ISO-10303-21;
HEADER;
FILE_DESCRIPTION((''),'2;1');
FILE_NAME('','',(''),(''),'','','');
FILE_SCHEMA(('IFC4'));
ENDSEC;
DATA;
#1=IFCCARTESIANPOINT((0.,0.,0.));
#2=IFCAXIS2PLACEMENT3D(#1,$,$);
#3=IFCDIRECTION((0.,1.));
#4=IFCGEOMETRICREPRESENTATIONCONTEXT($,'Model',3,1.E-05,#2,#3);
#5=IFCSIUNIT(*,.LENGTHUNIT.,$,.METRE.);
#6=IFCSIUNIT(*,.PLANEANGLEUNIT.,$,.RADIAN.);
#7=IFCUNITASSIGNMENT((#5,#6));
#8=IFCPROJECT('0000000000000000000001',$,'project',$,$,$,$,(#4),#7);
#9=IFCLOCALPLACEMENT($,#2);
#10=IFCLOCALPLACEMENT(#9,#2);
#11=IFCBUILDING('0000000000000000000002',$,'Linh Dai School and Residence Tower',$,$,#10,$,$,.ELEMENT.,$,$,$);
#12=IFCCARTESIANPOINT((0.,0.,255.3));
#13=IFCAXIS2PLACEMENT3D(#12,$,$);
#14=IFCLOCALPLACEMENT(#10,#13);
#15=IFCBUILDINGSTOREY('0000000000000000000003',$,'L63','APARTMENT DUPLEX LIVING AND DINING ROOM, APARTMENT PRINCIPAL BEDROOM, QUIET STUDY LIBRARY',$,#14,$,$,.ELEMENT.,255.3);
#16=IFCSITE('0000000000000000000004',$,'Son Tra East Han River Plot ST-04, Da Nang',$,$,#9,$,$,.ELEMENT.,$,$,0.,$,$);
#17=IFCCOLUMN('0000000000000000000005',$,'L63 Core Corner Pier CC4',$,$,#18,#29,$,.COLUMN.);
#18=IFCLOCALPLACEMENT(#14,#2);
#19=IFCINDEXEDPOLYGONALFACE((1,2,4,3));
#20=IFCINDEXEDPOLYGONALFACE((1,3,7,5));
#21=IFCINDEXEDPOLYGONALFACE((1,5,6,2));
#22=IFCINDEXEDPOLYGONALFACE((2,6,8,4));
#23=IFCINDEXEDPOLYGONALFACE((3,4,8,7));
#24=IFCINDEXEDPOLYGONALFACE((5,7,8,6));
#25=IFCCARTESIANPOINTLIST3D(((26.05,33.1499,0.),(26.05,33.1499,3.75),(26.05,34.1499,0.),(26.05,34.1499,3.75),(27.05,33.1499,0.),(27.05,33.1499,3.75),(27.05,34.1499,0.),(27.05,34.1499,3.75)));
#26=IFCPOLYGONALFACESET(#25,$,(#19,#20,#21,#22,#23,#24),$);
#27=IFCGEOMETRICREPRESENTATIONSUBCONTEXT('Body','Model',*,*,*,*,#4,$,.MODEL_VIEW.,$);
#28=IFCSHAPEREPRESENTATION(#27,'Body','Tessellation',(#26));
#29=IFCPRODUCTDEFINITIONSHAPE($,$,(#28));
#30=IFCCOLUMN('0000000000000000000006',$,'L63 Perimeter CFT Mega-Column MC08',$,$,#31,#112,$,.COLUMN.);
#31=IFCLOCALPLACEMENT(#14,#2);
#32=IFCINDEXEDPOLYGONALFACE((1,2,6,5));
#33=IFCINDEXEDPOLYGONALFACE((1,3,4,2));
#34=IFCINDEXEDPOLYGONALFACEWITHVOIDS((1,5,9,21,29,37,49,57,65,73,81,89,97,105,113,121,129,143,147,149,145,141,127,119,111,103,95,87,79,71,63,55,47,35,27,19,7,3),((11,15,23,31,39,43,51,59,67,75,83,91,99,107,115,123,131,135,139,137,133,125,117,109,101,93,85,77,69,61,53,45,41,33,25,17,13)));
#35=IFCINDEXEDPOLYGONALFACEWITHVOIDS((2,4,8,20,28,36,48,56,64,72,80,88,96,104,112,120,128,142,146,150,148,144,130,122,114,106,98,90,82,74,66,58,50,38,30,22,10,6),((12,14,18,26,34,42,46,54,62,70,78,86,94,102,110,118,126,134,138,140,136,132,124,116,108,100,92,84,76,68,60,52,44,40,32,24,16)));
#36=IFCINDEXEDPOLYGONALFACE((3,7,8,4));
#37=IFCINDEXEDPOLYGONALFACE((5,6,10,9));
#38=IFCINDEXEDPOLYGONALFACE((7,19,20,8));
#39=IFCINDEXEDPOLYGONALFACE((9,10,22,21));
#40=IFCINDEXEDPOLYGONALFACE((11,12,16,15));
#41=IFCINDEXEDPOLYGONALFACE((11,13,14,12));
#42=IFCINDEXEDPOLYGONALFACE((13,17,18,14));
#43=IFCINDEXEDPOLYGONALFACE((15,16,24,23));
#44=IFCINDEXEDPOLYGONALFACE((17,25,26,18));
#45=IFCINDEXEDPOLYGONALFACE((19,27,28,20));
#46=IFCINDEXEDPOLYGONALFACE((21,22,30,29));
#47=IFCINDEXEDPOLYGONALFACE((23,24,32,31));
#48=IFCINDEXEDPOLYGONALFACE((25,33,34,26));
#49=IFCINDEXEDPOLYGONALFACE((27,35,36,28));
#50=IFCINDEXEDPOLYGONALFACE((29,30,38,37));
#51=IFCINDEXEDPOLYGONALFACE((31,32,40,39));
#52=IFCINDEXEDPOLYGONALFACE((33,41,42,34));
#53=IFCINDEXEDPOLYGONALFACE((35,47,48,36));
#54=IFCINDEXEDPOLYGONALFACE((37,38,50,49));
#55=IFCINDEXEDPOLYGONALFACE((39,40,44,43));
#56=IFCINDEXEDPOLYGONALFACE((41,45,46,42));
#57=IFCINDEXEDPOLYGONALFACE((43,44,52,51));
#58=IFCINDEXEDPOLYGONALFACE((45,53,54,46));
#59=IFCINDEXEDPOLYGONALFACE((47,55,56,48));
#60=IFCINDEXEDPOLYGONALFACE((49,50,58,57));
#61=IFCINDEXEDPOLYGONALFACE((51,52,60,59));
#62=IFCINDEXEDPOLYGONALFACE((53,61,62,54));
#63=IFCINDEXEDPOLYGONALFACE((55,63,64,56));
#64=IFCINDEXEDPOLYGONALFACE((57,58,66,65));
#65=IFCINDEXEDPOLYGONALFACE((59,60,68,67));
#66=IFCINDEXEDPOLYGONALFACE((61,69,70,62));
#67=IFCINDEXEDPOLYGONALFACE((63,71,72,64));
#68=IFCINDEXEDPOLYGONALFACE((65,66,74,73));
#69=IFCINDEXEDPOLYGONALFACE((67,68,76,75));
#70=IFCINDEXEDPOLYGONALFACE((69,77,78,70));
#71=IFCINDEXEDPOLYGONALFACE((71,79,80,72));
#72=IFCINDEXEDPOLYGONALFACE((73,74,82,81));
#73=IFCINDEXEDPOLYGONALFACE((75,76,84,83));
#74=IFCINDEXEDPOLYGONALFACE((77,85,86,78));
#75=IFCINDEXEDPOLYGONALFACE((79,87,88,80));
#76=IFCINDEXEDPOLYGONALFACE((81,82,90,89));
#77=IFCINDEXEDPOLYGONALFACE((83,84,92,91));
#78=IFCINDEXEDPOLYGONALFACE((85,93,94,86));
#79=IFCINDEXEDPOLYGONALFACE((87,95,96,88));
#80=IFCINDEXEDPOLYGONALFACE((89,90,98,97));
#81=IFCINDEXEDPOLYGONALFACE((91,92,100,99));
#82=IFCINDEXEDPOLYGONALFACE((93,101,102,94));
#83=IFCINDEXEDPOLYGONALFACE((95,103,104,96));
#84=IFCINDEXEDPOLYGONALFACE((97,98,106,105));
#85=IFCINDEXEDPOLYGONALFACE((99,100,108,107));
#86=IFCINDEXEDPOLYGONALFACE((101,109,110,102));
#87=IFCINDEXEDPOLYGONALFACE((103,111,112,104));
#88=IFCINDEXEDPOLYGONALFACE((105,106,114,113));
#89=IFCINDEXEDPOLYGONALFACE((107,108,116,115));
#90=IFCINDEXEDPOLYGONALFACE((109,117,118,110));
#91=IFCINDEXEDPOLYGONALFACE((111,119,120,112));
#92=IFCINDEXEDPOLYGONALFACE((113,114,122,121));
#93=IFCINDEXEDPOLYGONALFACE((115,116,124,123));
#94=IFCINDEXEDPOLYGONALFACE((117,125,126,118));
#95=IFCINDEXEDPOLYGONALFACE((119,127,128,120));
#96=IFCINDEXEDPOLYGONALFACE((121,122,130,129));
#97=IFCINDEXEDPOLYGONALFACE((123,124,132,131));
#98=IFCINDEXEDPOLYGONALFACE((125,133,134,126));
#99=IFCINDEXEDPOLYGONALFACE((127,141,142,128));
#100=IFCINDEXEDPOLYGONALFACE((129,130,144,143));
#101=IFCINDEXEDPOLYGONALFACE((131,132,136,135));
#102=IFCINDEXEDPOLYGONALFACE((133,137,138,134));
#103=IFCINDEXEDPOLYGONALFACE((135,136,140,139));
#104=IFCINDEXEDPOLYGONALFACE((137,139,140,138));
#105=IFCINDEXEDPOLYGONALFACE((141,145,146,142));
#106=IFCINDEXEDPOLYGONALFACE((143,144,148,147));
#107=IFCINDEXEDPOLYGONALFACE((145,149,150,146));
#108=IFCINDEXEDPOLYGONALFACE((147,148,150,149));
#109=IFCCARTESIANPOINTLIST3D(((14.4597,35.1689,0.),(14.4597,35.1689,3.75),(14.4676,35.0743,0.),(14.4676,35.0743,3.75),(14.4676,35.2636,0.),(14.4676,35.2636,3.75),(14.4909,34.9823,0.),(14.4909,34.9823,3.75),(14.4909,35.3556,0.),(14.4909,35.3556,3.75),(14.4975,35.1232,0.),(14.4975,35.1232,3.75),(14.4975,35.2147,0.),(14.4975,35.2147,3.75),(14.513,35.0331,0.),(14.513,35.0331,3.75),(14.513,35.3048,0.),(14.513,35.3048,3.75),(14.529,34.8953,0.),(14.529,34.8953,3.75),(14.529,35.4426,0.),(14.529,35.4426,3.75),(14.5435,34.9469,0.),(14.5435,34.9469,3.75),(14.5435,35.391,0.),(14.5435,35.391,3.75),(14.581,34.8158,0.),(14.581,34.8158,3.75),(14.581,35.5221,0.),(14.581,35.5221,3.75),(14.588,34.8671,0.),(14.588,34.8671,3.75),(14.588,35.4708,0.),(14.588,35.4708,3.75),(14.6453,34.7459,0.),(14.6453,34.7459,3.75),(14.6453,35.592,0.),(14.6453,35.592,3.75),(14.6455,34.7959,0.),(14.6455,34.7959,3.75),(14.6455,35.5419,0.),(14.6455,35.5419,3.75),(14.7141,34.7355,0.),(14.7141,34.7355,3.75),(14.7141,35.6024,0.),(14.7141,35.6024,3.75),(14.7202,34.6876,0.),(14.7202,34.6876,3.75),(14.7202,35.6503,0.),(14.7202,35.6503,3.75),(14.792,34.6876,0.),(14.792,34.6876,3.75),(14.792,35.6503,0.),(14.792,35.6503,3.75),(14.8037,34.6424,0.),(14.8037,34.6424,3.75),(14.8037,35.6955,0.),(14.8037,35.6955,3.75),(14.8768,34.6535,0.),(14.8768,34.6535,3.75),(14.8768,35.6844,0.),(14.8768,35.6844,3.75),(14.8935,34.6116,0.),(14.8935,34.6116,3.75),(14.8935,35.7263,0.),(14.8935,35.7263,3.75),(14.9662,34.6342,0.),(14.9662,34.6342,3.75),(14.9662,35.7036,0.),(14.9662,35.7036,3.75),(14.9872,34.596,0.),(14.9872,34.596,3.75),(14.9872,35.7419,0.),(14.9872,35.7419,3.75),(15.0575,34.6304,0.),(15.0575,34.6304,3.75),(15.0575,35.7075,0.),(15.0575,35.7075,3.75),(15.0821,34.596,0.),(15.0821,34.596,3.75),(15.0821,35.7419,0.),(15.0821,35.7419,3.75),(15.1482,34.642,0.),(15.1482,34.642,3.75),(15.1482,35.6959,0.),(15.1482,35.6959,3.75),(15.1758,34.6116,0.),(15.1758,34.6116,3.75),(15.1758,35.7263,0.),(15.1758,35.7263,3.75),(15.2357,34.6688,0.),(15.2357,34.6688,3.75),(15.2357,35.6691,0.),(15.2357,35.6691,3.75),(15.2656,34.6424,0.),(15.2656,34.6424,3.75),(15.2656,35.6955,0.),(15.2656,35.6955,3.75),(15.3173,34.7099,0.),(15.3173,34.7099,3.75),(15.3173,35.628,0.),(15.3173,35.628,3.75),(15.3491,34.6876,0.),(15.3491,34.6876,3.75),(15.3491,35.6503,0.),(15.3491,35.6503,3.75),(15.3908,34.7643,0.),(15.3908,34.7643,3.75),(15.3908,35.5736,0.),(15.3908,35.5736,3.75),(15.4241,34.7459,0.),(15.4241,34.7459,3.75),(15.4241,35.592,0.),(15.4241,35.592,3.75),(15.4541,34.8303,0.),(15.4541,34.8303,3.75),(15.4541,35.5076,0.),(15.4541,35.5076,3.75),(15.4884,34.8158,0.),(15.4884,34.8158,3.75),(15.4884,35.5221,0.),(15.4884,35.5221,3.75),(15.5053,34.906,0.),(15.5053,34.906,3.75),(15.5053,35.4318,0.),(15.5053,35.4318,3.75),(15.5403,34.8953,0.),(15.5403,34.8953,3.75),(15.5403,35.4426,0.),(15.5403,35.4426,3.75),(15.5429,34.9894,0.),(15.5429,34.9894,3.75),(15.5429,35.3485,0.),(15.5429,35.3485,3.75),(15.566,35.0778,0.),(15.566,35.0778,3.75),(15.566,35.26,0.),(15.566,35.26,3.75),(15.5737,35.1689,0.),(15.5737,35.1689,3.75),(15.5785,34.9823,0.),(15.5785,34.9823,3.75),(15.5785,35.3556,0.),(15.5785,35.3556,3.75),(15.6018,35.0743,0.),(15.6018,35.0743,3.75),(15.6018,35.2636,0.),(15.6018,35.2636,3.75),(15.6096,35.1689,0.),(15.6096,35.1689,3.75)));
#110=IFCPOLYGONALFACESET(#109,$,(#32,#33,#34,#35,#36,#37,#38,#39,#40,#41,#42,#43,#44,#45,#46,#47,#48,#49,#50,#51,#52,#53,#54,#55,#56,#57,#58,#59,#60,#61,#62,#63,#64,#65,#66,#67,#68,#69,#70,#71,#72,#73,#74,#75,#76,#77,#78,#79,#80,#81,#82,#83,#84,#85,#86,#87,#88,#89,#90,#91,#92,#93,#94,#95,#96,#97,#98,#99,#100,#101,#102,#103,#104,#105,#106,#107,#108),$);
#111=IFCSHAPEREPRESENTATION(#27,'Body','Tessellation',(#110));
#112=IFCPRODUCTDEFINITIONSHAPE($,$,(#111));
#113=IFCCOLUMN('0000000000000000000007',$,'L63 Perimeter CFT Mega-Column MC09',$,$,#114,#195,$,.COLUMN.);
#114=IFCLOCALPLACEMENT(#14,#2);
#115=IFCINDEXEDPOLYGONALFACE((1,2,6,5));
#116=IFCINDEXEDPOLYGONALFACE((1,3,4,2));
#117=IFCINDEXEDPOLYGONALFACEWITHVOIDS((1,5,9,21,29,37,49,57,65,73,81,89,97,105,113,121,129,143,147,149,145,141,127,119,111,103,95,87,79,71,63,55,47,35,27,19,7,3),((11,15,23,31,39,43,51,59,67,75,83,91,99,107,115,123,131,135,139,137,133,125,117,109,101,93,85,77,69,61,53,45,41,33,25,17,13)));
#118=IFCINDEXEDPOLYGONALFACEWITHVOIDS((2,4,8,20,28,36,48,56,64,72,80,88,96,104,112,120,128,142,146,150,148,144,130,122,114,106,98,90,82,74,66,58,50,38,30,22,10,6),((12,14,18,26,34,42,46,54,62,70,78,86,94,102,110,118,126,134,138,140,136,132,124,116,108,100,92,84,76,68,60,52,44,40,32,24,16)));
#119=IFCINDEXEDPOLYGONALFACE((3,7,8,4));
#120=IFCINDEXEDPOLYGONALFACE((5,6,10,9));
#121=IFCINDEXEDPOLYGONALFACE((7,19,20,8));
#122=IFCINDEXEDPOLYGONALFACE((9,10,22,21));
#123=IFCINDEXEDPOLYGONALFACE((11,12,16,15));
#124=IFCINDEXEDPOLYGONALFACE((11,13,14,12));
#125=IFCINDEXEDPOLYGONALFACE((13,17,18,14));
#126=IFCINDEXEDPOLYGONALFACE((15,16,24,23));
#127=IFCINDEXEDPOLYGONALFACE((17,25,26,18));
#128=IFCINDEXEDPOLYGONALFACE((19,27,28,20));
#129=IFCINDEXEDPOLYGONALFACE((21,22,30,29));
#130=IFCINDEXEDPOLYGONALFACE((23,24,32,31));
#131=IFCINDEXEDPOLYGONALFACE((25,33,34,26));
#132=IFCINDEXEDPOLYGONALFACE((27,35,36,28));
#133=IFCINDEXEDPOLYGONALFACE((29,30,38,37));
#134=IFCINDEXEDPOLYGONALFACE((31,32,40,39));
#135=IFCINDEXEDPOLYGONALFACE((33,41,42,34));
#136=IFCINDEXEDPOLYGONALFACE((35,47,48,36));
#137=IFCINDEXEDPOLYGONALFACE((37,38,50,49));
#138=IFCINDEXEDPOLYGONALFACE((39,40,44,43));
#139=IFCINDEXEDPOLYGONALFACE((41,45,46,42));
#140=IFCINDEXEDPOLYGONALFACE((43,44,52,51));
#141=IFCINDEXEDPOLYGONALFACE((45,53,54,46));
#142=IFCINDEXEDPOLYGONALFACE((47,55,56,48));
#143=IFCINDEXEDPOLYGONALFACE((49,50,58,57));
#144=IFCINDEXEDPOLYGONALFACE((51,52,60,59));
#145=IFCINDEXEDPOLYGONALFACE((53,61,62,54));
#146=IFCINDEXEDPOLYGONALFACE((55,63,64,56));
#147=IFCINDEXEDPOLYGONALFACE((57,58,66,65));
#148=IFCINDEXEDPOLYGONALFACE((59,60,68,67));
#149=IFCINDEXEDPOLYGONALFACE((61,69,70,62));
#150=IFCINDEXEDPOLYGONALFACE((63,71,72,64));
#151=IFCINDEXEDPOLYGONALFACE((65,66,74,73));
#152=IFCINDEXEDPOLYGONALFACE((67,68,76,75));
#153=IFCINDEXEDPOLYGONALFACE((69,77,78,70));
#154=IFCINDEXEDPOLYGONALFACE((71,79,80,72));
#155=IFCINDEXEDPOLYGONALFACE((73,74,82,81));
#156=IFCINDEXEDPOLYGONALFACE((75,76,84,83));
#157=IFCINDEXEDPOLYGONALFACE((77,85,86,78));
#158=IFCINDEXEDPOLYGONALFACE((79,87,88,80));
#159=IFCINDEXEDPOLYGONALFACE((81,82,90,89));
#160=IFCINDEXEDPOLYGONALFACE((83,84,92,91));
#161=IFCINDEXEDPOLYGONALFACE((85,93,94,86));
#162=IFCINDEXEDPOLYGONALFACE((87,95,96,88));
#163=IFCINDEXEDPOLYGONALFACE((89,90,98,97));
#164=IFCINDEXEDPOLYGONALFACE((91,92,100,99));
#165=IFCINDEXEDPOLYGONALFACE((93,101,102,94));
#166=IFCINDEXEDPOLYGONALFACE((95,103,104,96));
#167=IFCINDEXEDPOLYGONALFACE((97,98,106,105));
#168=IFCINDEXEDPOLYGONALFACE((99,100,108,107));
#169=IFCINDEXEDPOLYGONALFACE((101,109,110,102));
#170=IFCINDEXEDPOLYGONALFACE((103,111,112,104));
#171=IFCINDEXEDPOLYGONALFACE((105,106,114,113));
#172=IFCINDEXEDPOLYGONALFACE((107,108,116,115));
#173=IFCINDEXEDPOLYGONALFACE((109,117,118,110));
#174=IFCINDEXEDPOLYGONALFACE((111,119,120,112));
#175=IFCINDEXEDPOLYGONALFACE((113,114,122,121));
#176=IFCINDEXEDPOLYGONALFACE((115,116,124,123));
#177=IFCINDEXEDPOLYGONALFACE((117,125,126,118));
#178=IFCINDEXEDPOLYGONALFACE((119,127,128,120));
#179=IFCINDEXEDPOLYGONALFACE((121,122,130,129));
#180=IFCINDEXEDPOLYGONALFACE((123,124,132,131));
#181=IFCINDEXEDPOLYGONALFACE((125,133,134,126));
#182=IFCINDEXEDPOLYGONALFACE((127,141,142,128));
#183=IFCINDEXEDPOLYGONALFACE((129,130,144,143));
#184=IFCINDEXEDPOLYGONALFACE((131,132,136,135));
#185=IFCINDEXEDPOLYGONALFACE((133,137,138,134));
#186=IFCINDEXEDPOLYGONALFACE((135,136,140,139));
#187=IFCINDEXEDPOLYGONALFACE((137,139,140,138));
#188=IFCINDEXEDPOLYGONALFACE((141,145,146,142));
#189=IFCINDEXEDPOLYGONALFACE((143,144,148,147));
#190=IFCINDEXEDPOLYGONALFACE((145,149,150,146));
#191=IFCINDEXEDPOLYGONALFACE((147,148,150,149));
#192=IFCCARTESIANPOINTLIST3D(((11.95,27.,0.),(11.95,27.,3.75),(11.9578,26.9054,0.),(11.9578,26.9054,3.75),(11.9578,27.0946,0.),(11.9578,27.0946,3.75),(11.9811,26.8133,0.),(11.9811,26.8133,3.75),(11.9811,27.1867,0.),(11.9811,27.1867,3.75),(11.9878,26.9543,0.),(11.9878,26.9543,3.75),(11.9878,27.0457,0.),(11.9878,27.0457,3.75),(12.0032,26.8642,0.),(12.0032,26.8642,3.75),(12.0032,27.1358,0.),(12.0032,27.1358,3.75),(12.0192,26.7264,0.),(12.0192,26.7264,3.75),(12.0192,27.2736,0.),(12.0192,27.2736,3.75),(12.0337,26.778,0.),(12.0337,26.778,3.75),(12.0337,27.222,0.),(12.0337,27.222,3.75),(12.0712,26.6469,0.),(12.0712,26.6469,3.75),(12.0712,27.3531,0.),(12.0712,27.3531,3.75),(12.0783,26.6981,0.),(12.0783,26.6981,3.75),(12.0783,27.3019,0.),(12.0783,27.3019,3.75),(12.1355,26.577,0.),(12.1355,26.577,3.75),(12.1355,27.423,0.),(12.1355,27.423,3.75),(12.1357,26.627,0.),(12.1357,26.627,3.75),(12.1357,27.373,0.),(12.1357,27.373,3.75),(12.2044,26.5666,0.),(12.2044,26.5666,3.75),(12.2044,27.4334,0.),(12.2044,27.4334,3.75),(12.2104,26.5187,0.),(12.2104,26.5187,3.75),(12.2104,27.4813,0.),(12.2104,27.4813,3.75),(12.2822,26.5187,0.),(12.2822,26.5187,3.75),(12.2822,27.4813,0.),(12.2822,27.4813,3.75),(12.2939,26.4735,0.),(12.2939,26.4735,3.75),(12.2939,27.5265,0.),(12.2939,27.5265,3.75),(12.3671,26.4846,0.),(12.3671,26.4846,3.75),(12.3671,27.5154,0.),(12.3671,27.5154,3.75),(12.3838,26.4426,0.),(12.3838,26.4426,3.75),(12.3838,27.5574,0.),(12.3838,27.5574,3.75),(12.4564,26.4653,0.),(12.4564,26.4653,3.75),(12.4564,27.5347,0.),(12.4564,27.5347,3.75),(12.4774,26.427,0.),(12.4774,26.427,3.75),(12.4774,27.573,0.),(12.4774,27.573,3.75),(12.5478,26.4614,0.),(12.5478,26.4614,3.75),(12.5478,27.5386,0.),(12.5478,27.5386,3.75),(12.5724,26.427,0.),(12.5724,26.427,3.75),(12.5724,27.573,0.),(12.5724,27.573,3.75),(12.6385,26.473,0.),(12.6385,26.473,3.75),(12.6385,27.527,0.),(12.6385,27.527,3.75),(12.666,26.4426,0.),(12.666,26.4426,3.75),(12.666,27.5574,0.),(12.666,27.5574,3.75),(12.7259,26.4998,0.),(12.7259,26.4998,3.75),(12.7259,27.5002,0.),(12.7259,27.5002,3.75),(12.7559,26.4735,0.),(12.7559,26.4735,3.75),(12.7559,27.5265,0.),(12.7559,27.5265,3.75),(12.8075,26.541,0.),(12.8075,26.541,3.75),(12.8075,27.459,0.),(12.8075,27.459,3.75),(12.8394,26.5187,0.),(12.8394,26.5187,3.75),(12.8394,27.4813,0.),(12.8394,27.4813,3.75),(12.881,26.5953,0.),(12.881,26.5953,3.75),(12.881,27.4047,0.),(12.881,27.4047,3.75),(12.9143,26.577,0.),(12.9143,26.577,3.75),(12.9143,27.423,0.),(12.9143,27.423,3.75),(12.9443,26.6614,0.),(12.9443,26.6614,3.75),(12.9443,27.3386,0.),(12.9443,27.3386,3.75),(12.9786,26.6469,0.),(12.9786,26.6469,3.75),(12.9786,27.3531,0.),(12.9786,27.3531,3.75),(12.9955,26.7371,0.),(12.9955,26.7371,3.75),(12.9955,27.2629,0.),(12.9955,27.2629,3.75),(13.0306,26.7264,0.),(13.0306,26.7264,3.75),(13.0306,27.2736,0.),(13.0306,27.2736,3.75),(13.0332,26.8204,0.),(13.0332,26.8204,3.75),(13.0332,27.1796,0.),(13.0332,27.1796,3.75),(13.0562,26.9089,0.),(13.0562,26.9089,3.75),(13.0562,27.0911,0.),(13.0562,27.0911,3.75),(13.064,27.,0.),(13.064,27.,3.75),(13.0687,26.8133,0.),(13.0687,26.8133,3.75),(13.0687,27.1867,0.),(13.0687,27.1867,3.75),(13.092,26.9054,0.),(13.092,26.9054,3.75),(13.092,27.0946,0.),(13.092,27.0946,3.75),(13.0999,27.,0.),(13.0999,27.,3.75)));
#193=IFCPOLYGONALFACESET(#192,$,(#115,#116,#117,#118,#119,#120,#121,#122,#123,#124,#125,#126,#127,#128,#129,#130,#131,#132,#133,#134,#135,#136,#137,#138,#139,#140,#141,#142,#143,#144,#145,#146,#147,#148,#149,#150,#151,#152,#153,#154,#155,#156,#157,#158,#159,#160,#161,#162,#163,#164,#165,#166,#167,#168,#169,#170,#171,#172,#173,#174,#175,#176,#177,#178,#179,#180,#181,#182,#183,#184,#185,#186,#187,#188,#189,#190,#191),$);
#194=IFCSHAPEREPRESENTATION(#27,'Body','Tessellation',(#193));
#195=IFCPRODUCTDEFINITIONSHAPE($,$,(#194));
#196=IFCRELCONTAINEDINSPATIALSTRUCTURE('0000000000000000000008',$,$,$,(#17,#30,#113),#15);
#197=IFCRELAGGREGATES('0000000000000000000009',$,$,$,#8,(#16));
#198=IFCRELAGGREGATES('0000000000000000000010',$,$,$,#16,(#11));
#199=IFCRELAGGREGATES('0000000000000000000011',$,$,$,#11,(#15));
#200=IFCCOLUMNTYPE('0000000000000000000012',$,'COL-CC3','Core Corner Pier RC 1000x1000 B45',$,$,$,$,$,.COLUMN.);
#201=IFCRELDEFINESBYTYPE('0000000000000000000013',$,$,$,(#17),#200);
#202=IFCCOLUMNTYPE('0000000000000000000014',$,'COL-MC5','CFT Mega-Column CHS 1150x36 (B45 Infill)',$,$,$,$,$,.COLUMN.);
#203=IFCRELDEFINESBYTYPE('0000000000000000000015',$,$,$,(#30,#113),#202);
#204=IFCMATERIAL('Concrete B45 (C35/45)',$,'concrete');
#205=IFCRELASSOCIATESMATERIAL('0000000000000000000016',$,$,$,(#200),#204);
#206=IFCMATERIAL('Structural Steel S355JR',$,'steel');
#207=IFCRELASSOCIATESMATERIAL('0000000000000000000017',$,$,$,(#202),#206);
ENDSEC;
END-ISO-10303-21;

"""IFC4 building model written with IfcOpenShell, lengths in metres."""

from ifc_helpers import new_model, si_unit, direction, frame, origin, origin_2d, place, context, subcontext, project, spatial, rectangle, hollow_circle, extrude, material, material_profile, profile_set, type_object, element, save


model = new_model("IFC4")

# Units and contexts
model_context = context("Model", 3, precision=1e-05, world=origin(), true_north=direction((0.0, 1.0)))
body_context = subcontext(model_context, "Body", "Model", "MODEL_VIEW")
ifc_project = project(units=[si_unit("LENGTHUNIT", "METRE"), si_unit("PLANEANGLEUNIT", "RADIAN")], contexts=[model_context])

# Site, building, storey
site_placement = place(None, origin())
site = spatial("IfcSite", under=ifc_project, at=site_placement, Name="Son Tra East Han River Plot ST-04, Da Nang", CompositionType="ELEMENT", RefElevation=0.0)
building_placement = place(site_placement, origin())
building = spatial("IfcBuilding", under=site, at=building_placement, Name="Linh Dai School and Residence Tower", CompositionType="ELEMENT")
storey_placement = place(building_placement, frame((0.0, 0.0, 255.3)))
storey = spatial("IfcBuildingStorey", under=building, at=storey_placement, Name="L63", Description="APARTMENT DUPLEX LIVING AND DINING ROOM, APARTMENT PRINCIPAL BEDROOM, QUIET STUDY LIBRARY", CompositionType="ELEMENT", Elevation=255.3)

# Columns
ifc_material_1 = material(Name="Concrete B45 (C35/45)", Category="concrete")
ifc_material_profile_1 = material_profile(ifc_material_1, rectangle(XDim=1.0, YDim=1.0, at=origin_2d()), Name="RC 1000x1000")
ifc_profile_set_1 = profile_set([ifc_material_profile_1], Name="Concrete B45 (C35/45)")
column_type_1 = type_object("IfcColumnType", Name="COL-CC3", Description="Core Corner Pier RC 1000x1000 B45", PredefinedType="COLUMN", material=ifc_profile_set_1)
column_placement = place(storey_placement, frame((26.55, 33.6499, 0.0), z_axis=(0.0, 0.0, 1.0), x_axis=(1.0, 0.0, 0.0)))
element("IfcColumn", 1, at=column_placement, inside=storey, type_object=column_type_1, Name="L63 Core Corner Pier CC4", PredefinedType="COLUMN", context=body_context, shape_type="SweptSolid", body=[
    extrude(rectangle(XDim=1.0, YDim=1.0, at=origin_2d()), origin(), (0.0, 0.0, 1.0), 3.75),
])
ifc_material_2 = material(Name="Structural Steel S355JR", Category="steel")
ifc_material_profile_2 = material_profile(ifc_material_2, hollow_circle(Radius=0.575, WallThickness=0.0359, at=origin_2d()), Name="CHS 1150x36")
ifc_profile_set_2 = profile_set([ifc_material_profile_2], Name="Structural Steel S355JR")
column_type_2 = type_object("IfcColumnType", Name="COL-MC5", Description="CFT Mega-Column CHS 1150x36 (B45 Infill)", PredefinedType="COLUMN", material=ifc_profile_set_2)
for number, where, z_axis, x_axis, name in (
    (2, (15.0347, 35.1689, 0.0), (0.0, 0.0, 1.0), (1.0, 0.0, 0.0), "L63 Perimeter CFT Mega-Column MC08"),
    (3, (12.5249, 27.0, 0.0), (0.0, 0.0, 1.0), (1.0, 0.0, 0.0), "L63 Perimeter CFT Mega-Column MC09"),
):
    element("IfcColumn", number, at=place(storey_placement, frame(where, z_axis=z_axis, x_axis=x_axis)), inside=storey, type_object=column_type_2, Name=name, PredefinedType="COLUMN", context=body_context, shape_type="SweptSolid", body=[
        extrude(hollow_circle(Radius=0.575, WallThickness=0.0359, at=origin_2d()), origin(), (0.0, 0.0, 1.0), 3.75),
    ])

save(model, "model.ifc")
